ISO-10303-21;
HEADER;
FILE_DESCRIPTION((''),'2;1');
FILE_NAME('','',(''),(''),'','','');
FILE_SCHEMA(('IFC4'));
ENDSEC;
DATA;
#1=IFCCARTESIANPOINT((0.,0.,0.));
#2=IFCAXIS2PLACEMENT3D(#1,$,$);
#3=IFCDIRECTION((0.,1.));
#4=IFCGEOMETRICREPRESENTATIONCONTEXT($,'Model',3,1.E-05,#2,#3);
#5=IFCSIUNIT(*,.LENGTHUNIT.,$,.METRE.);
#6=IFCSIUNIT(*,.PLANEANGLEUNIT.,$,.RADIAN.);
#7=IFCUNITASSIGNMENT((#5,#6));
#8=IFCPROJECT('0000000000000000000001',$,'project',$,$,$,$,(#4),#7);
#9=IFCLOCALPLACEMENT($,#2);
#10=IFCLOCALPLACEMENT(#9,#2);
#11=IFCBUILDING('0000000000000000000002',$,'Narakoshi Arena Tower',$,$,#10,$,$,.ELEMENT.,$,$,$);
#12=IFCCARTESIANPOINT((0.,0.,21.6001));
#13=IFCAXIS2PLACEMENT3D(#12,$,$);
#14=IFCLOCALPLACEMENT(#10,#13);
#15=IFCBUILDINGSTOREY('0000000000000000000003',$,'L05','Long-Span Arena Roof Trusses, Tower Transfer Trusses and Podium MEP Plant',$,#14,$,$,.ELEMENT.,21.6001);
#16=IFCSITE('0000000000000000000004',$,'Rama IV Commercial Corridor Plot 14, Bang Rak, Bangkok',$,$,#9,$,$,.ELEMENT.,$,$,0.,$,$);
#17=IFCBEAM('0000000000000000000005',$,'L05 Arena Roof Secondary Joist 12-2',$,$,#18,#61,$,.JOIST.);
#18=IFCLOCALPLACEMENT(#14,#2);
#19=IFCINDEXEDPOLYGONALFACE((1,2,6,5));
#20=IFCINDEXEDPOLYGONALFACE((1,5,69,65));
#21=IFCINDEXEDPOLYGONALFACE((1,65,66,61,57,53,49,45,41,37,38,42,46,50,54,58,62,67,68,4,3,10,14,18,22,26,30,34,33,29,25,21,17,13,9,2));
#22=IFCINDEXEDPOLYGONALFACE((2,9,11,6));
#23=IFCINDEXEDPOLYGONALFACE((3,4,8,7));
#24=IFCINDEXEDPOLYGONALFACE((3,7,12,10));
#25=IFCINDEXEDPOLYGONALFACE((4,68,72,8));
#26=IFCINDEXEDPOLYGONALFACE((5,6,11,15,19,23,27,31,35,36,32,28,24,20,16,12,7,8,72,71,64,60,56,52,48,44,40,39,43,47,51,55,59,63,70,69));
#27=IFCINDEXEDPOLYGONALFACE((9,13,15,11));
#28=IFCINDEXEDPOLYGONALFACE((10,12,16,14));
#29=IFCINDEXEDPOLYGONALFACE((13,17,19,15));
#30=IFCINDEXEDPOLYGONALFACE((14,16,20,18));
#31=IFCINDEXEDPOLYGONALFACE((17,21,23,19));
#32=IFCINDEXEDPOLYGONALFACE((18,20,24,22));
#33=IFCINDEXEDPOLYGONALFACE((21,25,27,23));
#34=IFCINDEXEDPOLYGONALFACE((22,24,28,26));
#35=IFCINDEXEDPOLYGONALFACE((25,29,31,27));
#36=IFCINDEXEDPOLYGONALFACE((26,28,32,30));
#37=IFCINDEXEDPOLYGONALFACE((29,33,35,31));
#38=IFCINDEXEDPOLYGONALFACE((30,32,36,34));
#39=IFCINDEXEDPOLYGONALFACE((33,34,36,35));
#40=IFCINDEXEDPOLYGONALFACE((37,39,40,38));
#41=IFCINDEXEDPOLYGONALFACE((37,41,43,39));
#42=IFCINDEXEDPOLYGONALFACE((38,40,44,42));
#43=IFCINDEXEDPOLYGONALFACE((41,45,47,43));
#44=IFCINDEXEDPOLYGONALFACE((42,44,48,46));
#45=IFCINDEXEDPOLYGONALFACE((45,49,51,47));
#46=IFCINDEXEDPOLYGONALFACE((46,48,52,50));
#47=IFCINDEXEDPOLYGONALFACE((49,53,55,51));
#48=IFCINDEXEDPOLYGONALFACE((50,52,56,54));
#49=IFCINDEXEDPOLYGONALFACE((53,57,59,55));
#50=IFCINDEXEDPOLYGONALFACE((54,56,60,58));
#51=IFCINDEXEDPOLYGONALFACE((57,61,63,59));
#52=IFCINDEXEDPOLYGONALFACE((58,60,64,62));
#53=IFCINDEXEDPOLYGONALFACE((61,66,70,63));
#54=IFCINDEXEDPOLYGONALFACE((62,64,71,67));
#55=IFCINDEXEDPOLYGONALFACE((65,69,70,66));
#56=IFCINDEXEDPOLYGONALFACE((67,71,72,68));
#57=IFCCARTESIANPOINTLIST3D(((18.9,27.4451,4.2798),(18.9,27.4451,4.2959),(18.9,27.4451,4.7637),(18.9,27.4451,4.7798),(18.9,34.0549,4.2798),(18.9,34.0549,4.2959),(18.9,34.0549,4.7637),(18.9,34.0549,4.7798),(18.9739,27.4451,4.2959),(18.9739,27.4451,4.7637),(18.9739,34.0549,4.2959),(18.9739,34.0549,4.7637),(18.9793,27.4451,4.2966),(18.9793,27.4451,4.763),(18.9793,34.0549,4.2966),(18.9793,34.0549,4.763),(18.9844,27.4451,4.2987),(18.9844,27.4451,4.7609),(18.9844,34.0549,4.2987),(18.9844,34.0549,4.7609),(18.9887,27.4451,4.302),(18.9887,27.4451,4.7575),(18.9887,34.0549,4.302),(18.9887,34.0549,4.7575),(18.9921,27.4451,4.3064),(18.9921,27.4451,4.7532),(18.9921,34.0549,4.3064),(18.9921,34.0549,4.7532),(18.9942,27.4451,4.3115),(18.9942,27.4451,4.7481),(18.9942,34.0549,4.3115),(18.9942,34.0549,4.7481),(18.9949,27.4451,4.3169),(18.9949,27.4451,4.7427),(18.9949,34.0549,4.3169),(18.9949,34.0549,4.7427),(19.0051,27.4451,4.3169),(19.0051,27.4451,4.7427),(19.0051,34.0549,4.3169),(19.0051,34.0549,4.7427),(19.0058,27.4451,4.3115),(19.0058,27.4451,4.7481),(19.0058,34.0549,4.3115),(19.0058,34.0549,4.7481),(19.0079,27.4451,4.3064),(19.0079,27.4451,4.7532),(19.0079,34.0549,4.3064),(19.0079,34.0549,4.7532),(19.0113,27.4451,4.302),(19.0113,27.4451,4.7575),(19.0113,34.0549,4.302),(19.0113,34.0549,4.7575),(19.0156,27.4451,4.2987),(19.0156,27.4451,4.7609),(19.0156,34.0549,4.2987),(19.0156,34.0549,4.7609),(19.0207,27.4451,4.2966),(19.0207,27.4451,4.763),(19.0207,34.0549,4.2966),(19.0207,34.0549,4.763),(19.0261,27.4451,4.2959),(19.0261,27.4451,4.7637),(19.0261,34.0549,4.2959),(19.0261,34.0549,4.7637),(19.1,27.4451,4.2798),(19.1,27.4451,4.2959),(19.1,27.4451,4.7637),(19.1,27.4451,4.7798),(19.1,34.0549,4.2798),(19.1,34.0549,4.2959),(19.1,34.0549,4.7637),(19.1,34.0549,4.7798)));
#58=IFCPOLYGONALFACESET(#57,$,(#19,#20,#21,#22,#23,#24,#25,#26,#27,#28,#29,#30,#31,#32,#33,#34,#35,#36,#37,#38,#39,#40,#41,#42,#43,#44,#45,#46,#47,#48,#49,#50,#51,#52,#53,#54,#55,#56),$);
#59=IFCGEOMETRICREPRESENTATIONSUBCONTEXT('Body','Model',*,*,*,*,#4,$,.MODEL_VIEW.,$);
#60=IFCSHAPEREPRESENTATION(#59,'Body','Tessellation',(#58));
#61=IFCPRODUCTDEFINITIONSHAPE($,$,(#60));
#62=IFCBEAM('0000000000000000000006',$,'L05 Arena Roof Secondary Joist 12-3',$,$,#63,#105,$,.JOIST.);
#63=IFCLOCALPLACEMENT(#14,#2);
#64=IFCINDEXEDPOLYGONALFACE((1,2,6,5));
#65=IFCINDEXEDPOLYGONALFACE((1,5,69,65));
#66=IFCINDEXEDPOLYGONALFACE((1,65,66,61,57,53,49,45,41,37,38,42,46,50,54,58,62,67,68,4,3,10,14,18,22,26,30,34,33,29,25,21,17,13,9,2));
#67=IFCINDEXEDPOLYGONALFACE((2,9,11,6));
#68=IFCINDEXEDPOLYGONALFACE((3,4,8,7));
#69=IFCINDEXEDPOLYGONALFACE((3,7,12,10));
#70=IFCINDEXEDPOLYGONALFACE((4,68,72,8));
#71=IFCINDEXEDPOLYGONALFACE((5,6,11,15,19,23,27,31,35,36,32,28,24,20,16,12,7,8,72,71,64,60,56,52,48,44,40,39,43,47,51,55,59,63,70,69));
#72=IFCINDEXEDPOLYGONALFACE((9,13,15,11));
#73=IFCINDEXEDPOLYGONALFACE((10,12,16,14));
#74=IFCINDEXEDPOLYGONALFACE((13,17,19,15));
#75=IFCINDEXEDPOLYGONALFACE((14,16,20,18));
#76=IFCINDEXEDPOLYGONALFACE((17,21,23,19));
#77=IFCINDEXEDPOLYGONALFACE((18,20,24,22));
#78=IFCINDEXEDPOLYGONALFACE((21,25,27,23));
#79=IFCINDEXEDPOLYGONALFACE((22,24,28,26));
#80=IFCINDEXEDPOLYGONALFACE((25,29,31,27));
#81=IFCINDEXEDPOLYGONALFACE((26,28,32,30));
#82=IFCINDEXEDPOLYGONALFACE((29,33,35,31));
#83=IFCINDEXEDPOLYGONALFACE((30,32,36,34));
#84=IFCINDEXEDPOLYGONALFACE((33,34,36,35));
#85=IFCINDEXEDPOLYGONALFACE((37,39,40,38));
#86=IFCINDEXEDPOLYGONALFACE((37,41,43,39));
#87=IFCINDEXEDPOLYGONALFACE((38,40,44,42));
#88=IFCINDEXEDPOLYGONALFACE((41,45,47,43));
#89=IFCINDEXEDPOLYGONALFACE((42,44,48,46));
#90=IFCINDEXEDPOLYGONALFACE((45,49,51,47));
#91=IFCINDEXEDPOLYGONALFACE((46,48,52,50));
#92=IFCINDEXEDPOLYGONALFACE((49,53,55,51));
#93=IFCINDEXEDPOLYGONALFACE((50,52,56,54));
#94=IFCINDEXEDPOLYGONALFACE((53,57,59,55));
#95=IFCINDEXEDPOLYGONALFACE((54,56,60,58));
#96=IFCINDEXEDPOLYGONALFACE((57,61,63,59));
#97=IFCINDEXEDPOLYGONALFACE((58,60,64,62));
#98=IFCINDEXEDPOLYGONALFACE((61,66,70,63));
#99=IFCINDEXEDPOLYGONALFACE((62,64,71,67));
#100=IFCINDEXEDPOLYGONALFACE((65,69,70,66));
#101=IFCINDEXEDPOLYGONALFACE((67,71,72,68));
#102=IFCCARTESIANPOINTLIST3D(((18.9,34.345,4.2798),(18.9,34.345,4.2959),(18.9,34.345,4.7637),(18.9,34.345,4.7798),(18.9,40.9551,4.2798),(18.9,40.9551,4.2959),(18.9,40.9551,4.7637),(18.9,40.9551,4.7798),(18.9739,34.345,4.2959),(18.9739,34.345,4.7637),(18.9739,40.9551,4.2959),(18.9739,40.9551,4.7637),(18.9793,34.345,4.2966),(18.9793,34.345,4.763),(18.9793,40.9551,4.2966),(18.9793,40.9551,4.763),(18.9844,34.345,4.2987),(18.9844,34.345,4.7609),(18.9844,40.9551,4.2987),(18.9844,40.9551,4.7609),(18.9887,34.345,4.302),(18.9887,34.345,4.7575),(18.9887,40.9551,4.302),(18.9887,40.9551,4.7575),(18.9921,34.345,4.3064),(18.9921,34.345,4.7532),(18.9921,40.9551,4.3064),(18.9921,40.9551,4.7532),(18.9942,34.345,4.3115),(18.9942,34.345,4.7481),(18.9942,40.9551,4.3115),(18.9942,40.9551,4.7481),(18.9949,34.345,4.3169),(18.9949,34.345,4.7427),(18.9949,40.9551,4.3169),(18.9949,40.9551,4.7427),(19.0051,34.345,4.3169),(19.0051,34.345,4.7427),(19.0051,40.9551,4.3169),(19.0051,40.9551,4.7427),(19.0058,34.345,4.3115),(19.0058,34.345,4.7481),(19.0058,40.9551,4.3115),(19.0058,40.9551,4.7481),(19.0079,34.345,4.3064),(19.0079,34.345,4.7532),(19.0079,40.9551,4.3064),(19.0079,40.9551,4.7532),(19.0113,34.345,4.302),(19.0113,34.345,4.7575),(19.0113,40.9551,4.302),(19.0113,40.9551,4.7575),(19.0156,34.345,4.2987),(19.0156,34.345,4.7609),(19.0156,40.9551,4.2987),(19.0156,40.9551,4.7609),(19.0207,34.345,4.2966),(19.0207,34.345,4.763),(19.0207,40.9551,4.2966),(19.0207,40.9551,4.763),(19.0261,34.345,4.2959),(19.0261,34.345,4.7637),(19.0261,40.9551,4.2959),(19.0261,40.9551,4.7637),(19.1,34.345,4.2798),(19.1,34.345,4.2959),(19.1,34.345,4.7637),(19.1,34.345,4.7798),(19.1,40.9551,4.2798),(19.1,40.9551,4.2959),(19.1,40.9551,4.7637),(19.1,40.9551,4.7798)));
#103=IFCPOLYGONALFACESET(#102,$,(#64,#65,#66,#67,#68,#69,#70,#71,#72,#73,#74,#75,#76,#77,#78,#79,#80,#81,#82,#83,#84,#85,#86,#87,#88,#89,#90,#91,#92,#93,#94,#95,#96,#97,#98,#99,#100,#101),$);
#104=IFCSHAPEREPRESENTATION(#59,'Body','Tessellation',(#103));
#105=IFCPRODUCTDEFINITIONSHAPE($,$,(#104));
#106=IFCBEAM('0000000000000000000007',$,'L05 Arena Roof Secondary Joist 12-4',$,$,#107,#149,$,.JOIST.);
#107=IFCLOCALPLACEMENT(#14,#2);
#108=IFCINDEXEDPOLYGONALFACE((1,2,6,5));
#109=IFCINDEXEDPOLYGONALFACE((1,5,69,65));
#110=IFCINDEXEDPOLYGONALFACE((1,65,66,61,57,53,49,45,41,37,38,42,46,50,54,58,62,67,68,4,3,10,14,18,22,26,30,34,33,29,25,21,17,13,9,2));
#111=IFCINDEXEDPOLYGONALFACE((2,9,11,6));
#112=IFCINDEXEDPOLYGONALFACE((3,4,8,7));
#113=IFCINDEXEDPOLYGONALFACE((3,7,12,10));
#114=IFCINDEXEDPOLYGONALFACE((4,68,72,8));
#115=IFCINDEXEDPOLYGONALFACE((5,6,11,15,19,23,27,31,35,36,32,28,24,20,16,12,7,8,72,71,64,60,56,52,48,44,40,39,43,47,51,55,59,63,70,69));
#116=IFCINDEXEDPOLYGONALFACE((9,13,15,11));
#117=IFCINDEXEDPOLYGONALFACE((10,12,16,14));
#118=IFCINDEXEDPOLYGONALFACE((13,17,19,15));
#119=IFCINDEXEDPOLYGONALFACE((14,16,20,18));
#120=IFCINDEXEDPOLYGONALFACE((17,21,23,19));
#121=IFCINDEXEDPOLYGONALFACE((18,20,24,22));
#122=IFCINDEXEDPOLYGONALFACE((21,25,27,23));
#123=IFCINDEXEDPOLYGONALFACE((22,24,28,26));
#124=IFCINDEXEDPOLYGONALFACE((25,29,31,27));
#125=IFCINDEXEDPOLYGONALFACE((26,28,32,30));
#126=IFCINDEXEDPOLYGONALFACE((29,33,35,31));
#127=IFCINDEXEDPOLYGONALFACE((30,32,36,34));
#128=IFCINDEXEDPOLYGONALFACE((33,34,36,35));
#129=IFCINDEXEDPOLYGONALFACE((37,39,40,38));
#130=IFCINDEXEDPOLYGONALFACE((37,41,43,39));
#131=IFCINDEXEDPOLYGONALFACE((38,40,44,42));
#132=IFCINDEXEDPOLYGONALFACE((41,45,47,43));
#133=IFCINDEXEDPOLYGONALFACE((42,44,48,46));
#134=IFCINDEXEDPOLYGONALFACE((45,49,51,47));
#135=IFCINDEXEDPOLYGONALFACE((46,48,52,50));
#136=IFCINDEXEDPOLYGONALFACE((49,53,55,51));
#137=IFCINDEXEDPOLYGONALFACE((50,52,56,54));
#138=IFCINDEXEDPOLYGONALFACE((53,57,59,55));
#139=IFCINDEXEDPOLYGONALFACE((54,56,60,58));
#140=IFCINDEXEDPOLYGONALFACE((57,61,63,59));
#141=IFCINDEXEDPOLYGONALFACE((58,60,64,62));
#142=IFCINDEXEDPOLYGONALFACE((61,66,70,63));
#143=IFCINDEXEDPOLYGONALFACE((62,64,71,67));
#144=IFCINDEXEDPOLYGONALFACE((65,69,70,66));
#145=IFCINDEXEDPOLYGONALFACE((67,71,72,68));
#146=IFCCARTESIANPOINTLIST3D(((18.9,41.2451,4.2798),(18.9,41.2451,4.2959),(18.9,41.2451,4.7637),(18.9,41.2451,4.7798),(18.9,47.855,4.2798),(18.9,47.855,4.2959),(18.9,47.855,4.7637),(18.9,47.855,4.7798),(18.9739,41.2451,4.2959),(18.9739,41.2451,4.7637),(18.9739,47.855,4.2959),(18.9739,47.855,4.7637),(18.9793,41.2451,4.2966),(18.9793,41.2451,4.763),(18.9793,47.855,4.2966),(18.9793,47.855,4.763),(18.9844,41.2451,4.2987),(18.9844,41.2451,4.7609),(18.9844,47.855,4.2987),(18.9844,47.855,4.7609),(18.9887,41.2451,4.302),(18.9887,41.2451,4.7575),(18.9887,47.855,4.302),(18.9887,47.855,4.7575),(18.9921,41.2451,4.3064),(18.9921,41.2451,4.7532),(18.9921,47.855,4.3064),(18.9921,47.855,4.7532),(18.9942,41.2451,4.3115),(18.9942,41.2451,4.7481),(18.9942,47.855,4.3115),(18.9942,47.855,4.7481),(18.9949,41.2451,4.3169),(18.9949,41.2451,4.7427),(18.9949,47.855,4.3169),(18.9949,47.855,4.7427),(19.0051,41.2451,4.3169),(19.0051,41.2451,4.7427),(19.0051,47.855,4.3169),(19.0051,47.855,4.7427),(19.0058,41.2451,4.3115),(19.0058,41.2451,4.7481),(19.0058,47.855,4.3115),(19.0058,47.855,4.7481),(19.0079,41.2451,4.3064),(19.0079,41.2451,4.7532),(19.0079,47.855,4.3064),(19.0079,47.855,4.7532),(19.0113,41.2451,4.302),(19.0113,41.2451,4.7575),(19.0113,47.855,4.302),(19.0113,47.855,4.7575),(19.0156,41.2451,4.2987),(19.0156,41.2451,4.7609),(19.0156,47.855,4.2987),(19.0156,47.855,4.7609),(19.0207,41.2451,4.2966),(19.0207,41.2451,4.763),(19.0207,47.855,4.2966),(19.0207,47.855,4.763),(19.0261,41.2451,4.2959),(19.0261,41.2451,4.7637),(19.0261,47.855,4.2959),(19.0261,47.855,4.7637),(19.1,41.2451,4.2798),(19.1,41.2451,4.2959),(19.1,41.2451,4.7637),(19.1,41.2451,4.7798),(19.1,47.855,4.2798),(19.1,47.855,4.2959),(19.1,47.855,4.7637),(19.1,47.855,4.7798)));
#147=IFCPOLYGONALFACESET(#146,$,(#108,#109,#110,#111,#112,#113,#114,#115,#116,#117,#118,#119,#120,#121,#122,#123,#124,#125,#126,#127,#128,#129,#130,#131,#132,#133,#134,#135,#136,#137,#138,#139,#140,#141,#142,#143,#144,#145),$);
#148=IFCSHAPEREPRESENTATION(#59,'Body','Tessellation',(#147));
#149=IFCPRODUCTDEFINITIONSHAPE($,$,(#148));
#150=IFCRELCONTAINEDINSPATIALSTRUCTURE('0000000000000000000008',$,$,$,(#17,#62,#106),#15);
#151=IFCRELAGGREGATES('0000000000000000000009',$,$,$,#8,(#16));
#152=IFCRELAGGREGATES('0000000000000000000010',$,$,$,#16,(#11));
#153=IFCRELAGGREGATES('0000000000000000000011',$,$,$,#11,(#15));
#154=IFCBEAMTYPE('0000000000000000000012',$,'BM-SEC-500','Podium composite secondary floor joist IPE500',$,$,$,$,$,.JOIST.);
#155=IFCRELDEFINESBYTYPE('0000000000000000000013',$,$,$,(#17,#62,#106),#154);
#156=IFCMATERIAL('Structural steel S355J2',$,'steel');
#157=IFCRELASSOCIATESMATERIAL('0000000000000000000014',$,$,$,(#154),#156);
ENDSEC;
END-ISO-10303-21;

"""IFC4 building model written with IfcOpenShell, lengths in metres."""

from ifc_helpers import new_model, si_unit, direction, frame, origin, origin_2d, place, context, subcontext, project, spatial, i_section, extrude, material, material_profile, profile_set, type_object, element, save


model = new_model("IFC4")

# Units and contexts
model_context = context("Model", 3, precision=1e-05, world=origin(), true_north=direction((0.0, 1.0)))
body_context = subcontext(model_context, "Body", "Model", "MODEL_VIEW")
ifc_project = project(units=[si_unit("LENGTHUNIT", "METRE"), si_unit("PLANEANGLEUNIT", "RADIAN")], contexts=[model_context])

# Site, building, storey
site_placement = place(None, origin())
site = spatial("IfcSite", under=ifc_project, at=site_placement, Name="Rama IV Commercial Corridor Plot 14, Bang Rak, Bangkok", CompositionType="ELEMENT", RefElevation=0.0)
building_placement = place(site_placement, origin())
building = spatial("IfcBuilding", under=site, at=building_placement, Name="Narakoshi Arena Tower", CompositionType="ELEMENT")
storey_placement = place(building_placement, frame((0.0, 0.0, 21.6001)))
storey = spatial("IfcBuildingStorey", under=building, at=storey_placement, Name="L05", Description="Long-Span Arena Roof Trusses, Tower Transfer Trusses and Podium MEP Plant", CompositionType="ELEMENT", Elevation=21.6001)

# Beams
ifc_material_1 = material(Name="Structural steel S355J2", Category="steel")
ifc_material_profile_1 = material_profile(ifc_material_1, i_section(OverallWidth=0.2, OverallDepth=0.5, WebThickness=0.0103, FlangeThickness=0.0161, FilletRadius=0.021, at=origin_2d()), Name="IPE500")
ifc_profile_set_1 = profile_set([ifc_material_profile_1], Name="Structural steel S355J2")
beam_type_1 = type_object("IfcBeamType", Name="BM-SEC-500", Description="Podium composite secondary floor joist IPE500", PredefinedType="JOIST", material=ifc_profile_set_1)
beam_1_placement = place(storey_placement, frame((19.0, 27.4451, 4.5298), z_axis=(0.0, 1.0, 0.0), x_axis=(-1.0, 0.0, 0.0)))
element("IfcBeam", 1, at=beam_1_placement, inside=storey, type_object=beam_type_1, Name="L05 Arena Roof Secondary Joist 12-2", PredefinedType="JOIST", context=body_context, shape_type="SweptSolid", body=[
    extrude(i_section(OverallWidth=0.2, OverallDepth=0.5, WebThickness=0.0103, FlangeThickness=0.0161, FilletRadius=0.021, at=origin_2d()), origin(), (0.0, 0.0, 1.0), 6.6099),
])
beam_2_placement = place(storey_placement, frame((19.0, 34.345, 4.5298), z_axis=(0.0, 1.0, 0.0), x_axis=(-1.0, 0.0, 0.0)))
element("IfcBeam", 2, at=beam_2_placement, inside=storey, type_object=beam_type_1, Name="L05 Arena Roof Secondary Joist 12-3", PredefinedType="JOIST", context=body_context, shape_type="SweptSolid", body=[
    extrude(i_section(OverallWidth=0.2, OverallDepth=0.5, WebThickness=0.0103, FlangeThickness=0.0161, FilletRadius=0.021, at=origin_2d()), origin(), (0.0, 0.0, 1.0), 6.6101),
])
beam_3_placement = place(storey_placement, frame((19.0, 41.2451, 4.5298), z_axis=(0.0, 1.0, 0.0), x_axis=(-1.0, 0.0, 0.0)))
element("IfcBeam", 3, at=beam_3_placement, inside=storey, type_object=beam_type_1, Name="L05 Arena Roof Secondary Joist 12-4", PredefinedType="JOIST", context=body_context, shape_type="SweptSolid", body=[
    extrude(i_section(OverallWidth=0.2, OverallDepth=0.5, WebThickness=0.0103, FlangeThickness=0.0161, FilletRadius=0.021, at=origin_2d()), origin(), (0.0, 0.0, 1.0), 6.6099),
])

save(model, "model.ifc")
